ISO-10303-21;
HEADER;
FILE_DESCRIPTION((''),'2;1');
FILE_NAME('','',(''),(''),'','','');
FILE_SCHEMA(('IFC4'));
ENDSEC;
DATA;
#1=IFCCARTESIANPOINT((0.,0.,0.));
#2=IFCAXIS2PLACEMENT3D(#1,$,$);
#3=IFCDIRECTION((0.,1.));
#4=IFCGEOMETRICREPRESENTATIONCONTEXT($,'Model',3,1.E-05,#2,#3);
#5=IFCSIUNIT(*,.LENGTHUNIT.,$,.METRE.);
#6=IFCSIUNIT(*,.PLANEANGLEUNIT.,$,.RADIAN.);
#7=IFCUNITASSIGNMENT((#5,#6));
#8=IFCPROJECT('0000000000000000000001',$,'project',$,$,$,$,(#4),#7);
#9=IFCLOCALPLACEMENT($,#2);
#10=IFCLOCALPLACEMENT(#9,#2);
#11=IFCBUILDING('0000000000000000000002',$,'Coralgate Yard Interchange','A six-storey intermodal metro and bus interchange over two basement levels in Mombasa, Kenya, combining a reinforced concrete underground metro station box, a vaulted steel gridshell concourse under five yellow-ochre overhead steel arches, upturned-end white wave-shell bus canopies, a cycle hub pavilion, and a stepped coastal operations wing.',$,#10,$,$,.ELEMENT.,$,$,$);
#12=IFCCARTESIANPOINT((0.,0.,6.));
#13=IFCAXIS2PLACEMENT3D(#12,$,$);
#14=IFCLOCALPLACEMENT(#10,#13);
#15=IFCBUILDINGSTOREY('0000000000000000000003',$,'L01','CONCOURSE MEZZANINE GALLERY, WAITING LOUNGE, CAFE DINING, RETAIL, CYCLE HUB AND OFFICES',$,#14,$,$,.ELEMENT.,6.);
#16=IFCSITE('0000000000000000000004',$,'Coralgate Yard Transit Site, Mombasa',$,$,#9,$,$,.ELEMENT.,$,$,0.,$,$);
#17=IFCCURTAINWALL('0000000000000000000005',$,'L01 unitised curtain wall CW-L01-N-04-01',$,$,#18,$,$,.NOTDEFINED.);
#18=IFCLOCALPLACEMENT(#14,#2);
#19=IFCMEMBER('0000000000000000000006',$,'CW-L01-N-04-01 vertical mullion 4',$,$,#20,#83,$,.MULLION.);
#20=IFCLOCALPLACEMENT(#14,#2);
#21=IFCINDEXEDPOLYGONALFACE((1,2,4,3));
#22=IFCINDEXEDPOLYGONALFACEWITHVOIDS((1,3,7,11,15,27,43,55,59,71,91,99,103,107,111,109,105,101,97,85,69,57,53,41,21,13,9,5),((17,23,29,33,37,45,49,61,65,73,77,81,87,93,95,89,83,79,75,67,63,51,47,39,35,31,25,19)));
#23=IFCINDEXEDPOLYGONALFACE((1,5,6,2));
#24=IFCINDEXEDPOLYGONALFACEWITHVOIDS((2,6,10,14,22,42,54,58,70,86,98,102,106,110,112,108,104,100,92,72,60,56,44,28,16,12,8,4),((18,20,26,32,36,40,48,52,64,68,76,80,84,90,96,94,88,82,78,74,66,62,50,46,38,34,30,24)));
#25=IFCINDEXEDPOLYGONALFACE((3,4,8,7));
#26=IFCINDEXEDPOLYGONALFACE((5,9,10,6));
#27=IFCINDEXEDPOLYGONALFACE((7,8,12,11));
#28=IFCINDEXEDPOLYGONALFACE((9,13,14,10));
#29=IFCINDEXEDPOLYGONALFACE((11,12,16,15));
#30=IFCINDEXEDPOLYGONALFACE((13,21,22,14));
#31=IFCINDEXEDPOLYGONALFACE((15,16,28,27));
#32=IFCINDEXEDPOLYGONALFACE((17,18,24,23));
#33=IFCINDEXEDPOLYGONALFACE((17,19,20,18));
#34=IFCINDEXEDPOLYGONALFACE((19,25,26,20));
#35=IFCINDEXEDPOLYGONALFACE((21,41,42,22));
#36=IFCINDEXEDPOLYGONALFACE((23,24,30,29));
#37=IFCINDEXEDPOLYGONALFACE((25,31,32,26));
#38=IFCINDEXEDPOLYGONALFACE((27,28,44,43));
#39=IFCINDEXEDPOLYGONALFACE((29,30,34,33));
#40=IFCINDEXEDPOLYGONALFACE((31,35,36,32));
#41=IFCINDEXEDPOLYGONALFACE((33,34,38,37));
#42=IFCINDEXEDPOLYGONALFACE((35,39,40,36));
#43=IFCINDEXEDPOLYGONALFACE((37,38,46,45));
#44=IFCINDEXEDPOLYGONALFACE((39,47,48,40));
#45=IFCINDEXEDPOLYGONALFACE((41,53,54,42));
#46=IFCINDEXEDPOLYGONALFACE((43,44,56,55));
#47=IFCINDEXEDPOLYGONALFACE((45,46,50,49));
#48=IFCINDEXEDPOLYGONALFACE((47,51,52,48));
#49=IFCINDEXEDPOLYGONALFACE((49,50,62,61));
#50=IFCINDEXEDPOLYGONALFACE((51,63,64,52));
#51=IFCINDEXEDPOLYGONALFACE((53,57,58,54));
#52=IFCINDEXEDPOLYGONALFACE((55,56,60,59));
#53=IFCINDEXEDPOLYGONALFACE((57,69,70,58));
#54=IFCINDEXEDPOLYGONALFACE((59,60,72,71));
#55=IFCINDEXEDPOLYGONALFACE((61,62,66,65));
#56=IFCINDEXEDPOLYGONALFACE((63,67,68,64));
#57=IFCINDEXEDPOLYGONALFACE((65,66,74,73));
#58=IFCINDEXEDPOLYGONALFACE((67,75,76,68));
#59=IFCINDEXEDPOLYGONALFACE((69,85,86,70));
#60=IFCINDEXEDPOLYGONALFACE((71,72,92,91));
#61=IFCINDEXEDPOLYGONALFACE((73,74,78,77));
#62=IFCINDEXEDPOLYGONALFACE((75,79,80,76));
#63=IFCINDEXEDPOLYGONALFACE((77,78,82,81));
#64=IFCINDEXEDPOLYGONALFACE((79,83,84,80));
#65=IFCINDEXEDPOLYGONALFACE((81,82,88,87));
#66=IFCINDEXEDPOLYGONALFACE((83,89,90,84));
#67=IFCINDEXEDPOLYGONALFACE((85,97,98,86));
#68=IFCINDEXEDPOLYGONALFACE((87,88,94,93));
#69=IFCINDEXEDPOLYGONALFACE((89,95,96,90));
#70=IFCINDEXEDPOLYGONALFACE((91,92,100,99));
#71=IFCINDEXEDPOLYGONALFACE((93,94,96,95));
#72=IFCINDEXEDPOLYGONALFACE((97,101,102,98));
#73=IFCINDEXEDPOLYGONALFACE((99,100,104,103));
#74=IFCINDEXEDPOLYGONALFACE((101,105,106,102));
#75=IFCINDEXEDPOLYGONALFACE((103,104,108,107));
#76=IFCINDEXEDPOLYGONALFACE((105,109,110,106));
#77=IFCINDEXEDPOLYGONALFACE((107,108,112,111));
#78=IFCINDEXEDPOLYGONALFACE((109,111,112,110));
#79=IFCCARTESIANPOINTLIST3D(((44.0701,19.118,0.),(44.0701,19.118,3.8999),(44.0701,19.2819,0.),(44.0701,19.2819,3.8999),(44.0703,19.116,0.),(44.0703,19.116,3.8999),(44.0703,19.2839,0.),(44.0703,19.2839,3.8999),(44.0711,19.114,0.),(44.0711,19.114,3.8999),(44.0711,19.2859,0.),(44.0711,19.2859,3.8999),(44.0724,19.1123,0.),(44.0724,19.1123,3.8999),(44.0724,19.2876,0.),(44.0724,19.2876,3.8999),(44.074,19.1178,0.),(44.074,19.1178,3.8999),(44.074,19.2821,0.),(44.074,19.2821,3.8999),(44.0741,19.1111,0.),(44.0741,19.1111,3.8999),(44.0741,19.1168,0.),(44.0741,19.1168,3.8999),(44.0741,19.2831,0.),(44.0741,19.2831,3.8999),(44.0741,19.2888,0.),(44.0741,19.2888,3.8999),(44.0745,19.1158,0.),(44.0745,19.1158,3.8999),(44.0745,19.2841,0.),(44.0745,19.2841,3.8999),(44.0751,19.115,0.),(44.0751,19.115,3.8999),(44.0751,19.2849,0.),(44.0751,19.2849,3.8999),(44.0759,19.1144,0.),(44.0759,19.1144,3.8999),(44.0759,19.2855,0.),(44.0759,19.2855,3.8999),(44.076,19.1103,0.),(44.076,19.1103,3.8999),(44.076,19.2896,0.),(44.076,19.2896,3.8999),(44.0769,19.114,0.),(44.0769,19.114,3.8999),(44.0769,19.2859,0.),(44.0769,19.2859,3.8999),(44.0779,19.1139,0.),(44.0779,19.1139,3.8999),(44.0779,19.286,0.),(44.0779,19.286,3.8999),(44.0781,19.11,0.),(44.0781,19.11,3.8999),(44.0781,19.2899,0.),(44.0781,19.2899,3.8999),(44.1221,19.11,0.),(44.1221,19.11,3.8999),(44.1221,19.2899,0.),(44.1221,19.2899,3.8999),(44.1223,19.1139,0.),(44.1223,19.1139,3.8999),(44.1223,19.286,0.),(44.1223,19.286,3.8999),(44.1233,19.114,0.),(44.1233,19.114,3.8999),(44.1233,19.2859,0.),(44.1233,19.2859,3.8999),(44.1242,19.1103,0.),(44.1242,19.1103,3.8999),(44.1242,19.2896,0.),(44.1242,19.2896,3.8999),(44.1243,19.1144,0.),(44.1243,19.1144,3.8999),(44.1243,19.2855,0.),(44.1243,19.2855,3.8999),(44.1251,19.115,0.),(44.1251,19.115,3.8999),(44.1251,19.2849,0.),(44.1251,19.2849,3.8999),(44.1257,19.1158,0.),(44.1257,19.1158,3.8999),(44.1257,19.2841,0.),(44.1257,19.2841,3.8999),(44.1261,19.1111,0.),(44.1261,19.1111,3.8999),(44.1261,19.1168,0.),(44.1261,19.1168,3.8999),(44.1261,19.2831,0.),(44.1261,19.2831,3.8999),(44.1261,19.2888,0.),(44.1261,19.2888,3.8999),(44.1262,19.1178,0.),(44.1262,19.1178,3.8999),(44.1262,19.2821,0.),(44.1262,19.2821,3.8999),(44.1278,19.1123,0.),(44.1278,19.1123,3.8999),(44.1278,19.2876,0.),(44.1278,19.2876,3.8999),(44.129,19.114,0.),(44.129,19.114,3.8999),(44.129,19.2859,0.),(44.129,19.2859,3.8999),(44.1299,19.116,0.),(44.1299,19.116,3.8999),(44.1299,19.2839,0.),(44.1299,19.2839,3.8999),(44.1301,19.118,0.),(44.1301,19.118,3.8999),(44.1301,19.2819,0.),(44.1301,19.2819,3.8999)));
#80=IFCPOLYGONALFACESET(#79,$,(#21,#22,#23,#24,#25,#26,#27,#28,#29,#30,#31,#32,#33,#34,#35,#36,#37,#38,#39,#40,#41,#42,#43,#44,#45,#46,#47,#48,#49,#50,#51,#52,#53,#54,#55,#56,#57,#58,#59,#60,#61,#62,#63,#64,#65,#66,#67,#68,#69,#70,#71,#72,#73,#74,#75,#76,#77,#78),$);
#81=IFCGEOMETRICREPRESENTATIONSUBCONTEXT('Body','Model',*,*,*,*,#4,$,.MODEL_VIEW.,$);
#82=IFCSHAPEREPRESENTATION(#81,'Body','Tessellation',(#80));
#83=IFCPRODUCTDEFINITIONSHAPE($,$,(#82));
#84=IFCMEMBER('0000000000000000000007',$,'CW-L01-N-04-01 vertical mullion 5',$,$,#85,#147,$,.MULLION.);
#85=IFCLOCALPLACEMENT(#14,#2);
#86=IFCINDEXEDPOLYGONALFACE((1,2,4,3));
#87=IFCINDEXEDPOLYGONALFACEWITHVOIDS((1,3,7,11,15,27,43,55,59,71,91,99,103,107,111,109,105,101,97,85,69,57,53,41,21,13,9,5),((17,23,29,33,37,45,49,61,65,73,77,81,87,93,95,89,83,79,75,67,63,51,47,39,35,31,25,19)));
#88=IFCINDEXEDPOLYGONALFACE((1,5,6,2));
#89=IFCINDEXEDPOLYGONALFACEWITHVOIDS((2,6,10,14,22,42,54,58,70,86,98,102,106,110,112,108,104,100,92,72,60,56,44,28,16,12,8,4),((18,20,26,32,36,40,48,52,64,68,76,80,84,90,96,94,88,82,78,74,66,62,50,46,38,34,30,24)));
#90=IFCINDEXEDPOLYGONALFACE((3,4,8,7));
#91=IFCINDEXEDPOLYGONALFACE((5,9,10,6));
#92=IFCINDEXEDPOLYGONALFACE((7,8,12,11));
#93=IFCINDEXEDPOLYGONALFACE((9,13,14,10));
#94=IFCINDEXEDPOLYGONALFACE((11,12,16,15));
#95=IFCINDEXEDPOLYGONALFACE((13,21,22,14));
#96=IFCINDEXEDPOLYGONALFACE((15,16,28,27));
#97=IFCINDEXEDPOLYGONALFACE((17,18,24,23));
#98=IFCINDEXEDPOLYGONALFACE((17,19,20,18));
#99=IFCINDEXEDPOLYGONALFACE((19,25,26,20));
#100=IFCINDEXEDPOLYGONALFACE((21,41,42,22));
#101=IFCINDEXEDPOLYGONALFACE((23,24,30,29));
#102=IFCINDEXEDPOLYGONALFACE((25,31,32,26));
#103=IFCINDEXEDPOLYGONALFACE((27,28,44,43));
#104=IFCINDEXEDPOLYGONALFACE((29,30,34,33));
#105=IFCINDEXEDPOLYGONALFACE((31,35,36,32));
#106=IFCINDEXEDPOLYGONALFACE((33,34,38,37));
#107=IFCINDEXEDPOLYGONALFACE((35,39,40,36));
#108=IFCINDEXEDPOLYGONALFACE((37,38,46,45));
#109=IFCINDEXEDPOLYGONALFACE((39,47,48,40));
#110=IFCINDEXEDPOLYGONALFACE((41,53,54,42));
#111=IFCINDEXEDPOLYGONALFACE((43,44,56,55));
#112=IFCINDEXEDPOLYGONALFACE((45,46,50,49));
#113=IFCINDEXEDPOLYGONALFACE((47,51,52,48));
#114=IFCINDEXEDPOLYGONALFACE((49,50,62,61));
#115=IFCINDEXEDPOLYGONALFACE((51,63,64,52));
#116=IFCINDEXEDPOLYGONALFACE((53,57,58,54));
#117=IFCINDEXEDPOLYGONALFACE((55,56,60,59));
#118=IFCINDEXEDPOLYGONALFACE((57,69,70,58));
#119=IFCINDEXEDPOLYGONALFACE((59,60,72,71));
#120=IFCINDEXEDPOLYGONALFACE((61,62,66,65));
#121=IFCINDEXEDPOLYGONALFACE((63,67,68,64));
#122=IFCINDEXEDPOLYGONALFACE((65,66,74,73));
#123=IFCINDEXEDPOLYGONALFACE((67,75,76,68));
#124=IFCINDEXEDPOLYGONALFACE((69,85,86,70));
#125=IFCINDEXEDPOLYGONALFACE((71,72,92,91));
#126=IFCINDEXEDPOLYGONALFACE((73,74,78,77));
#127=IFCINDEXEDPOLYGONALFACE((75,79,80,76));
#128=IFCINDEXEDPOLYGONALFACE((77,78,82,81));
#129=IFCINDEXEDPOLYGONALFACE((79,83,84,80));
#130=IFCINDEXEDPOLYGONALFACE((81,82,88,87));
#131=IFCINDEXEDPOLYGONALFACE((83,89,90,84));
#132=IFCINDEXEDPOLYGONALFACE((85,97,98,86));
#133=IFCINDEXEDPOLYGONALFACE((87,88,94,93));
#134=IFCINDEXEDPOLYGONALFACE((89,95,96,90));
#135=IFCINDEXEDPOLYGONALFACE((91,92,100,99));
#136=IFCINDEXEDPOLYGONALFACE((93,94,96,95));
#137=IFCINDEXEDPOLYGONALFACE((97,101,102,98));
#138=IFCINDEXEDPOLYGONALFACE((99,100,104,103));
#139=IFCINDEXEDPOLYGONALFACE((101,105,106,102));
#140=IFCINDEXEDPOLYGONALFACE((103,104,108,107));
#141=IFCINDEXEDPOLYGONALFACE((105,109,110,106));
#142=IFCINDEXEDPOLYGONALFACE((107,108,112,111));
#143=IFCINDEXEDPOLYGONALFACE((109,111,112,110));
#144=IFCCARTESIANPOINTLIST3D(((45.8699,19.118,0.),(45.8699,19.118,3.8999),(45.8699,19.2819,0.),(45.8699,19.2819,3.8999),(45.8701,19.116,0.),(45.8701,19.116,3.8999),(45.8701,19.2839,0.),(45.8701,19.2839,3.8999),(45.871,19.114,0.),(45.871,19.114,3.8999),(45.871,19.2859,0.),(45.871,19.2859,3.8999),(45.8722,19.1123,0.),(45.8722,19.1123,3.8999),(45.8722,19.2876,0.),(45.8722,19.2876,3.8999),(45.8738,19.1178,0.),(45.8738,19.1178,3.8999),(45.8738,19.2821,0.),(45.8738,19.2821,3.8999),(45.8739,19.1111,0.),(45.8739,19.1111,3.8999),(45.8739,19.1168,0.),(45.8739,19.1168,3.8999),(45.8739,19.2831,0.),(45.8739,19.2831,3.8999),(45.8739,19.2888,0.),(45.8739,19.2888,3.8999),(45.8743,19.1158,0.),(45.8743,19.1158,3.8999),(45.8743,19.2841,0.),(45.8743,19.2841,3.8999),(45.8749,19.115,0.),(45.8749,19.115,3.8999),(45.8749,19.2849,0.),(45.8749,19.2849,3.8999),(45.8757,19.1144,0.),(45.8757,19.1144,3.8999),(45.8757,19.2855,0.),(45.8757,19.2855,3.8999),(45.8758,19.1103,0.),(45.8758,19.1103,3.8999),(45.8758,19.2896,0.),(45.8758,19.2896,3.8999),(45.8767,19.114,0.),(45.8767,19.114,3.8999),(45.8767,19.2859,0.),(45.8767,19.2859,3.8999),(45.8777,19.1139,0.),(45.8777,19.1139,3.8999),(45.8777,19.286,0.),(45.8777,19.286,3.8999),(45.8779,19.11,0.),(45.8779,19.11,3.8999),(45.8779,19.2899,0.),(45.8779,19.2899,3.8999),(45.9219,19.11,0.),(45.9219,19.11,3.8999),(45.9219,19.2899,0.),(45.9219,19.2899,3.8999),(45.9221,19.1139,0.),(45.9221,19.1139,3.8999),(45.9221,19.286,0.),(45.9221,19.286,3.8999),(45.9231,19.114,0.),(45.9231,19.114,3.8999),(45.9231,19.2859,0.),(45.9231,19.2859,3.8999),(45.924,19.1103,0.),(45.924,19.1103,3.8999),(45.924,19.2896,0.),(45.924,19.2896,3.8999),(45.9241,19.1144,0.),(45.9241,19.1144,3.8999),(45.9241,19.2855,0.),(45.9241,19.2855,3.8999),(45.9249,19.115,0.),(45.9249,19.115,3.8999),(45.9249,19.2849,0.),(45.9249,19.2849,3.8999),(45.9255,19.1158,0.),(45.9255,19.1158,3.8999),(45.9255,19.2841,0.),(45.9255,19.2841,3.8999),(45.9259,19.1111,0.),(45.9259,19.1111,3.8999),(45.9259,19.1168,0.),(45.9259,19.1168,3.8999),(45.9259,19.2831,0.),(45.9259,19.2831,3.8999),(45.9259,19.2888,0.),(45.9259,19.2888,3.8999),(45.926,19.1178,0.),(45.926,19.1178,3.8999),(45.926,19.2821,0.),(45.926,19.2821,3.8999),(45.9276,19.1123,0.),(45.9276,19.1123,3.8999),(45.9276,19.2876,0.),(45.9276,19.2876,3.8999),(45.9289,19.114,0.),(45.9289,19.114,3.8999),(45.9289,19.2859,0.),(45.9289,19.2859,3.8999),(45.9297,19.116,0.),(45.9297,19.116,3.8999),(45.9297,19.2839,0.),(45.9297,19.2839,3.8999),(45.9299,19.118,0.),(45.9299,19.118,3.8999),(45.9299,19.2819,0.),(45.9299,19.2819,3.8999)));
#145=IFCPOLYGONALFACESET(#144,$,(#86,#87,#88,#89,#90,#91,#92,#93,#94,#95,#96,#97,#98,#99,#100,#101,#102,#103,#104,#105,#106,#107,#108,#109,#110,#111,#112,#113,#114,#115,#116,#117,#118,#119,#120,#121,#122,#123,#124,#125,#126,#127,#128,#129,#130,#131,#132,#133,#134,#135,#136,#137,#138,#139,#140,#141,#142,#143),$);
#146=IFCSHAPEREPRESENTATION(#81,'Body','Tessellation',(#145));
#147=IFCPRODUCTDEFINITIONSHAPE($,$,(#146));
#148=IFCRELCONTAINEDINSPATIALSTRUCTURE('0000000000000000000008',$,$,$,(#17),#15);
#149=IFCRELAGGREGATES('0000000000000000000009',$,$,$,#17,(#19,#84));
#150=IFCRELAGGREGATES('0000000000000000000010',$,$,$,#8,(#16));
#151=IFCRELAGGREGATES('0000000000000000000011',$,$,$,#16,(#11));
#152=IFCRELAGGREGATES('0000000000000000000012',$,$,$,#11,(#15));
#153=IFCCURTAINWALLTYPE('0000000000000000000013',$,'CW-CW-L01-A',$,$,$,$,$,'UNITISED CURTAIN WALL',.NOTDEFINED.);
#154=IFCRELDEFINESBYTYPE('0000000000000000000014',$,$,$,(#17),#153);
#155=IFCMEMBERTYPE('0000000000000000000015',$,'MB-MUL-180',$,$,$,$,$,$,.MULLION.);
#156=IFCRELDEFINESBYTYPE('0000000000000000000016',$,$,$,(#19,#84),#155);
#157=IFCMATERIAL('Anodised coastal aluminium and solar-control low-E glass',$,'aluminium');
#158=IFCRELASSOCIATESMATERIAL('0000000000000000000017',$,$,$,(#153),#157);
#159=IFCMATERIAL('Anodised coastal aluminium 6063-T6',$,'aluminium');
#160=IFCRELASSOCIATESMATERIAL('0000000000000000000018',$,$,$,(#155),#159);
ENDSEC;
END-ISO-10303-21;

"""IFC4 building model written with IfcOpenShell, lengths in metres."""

from ifc_helpers import new_model, si_unit, direction, frame, origin, origin_2d, place, context, subcontext, project, spatial, hollow_rectangle, extrude, material, material_profile, profile_set, type_object, element, aggregate, save


model = new_model("IFC4")

# Units and contexts
model_context = context("Model", 3, precision=1e-05, world=origin(), true_north=direction((0.0, 1.0)))
body_context = subcontext(model_context, "Body", "Model", "MODEL_VIEW")
ifc_project = project(units=[si_unit("LENGTHUNIT", "METRE"), si_unit("PLANEANGLEUNIT", "RADIAN")], contexts=[model_context])

# Site, building, storey
site_placement = place(None, origin())
site = spatial("IfcSite", under=ifc_project, at=site_placement, Name="Coralgate Yard Transit Site, Mombasa", CompositionType="ELEMENT", RefElevation=0.0)
building_placement = place(site_placement, origin())
building = spatial("IfcBuilding", under=site, at=building_placement, Name="Coralgate Yard Interchange", Description="A six-storey intermodal metro and bus interchange over two basement levels in Mombasa, Kenya, combining a reinforced concrete underground metro station box, a vaulted steel gridshell concourse under five yellow-ochre overhead steel arches, upturned-end white wave-shell bus canopies, a cycle hub pavilion, and a stepped coastal operations wing.", CompositionType="ELEMENT")
storey_placement = place(building_placement, frame((0.0, 0.0, 6.0)))
storey = spatial("IfcBuildingStorey", under=building, at=storey_placement, Name="L01", Description="CONCOURSE MEZZANINE GALLERY, WAITING LOUNGE, CAFE DINING, RETAIL, CYCLE HUB AND OFFICES", CompositionType="ELEMENT", Elevation=6.0)

# Curtain wall, members
ifc_material_1 = material(Name="Anodised coastal aluminium and solar-control low-E glass", Category="aluminium")
curtain_wall_type = type_object("IfcCurtainWallType", Name="CW-CW-L01-A", ElementType="UNITISED CURTAIN WALL", PredefinedType="NOTDEFINED", material=ifc_material_1)
curtain_wall_placement = place(storey_placement, origin())
curtain_wall = element("IfcCurtainWall", 1, at=curtain_wall_placement, inside=storey, type_object=curtain_wall_type, Name="L01 unitised curtain wall CW-L01-N-04-01", PredefinedType="NOTDEFINED")
ifc_material_2 = material(Name="Anodised coastal aluminium 6063-T6", Category="aluminium")
ifc_material_profile_1 = material_profile(ifc_material_2, hollow_rectangle(XDim=0.0601, YDim=0.1799, WallThickness=0.0039, InnerFilletRadius=0.0039, OuterFilletRadius=0.0081, at=origin_2d()), Name="ALU 60x180x4")
ifc_profile_set_1 = profile_set([ifc_material_profile_1], Name="Anodised coastal aluminium 6063-T6")
member_type_1 = type_object("IfcMemberType", Name="MB-MUL-180", PredefinedType="MULLION", material=ifc_profile_set_1)
member_1_placement = place(storey_placement, frame((44.1001, 19.2, 0.0), z_axis=(0.0, 0.0, 1.0), x_axis=(1.0, 0.0, 0.0)))
member_1 = element("IfcMember", 2, at=member_1_placement, type_object=member_type_1, Name="CW-L01-N-04-01 vertical mullion 4", PredefinedType="MULLION", context=body_context, shape_type="SweptSolid", body=[
    extrude(hollow_rectangle(XDim=0.0601, YDim=0.1799, WallThickness=0.0039, InnerFilletRadius=0.0039, OuterFilletRadius=0.0081, at=origin_2d()), origin(), (0.0, 0.0, 1.0), 3.8999),
])
member_2_placement = place(storey_placement, frame((45.8999, 19.2, 0.0), z_axis=(0.0, 0.0, 1.0), x_axis=(1.0, 0.0, 0.0)))
member_2 = element("IfcMember", 3, at=member_2_placement, type_object=member_type_1, Name="CW-L01-N-04-01 vertical mullion 5", PredefinedType="MULLION", context=body_context, shape_type="SweptSolid", body=[
    extrude(hollow_rectangle(XDim=0.0601, YDim=0.1799, WallThickness=0.0039, InnerFilletRadius=0.0039, OuterFilletRadius=0.0081, at=origin_2d()), origin(), (0.0, 0.0, 1.0), 3.8999),
])
aggregate(curtain_wall, [member_1, member_2])

save(model, "model.ifc")
